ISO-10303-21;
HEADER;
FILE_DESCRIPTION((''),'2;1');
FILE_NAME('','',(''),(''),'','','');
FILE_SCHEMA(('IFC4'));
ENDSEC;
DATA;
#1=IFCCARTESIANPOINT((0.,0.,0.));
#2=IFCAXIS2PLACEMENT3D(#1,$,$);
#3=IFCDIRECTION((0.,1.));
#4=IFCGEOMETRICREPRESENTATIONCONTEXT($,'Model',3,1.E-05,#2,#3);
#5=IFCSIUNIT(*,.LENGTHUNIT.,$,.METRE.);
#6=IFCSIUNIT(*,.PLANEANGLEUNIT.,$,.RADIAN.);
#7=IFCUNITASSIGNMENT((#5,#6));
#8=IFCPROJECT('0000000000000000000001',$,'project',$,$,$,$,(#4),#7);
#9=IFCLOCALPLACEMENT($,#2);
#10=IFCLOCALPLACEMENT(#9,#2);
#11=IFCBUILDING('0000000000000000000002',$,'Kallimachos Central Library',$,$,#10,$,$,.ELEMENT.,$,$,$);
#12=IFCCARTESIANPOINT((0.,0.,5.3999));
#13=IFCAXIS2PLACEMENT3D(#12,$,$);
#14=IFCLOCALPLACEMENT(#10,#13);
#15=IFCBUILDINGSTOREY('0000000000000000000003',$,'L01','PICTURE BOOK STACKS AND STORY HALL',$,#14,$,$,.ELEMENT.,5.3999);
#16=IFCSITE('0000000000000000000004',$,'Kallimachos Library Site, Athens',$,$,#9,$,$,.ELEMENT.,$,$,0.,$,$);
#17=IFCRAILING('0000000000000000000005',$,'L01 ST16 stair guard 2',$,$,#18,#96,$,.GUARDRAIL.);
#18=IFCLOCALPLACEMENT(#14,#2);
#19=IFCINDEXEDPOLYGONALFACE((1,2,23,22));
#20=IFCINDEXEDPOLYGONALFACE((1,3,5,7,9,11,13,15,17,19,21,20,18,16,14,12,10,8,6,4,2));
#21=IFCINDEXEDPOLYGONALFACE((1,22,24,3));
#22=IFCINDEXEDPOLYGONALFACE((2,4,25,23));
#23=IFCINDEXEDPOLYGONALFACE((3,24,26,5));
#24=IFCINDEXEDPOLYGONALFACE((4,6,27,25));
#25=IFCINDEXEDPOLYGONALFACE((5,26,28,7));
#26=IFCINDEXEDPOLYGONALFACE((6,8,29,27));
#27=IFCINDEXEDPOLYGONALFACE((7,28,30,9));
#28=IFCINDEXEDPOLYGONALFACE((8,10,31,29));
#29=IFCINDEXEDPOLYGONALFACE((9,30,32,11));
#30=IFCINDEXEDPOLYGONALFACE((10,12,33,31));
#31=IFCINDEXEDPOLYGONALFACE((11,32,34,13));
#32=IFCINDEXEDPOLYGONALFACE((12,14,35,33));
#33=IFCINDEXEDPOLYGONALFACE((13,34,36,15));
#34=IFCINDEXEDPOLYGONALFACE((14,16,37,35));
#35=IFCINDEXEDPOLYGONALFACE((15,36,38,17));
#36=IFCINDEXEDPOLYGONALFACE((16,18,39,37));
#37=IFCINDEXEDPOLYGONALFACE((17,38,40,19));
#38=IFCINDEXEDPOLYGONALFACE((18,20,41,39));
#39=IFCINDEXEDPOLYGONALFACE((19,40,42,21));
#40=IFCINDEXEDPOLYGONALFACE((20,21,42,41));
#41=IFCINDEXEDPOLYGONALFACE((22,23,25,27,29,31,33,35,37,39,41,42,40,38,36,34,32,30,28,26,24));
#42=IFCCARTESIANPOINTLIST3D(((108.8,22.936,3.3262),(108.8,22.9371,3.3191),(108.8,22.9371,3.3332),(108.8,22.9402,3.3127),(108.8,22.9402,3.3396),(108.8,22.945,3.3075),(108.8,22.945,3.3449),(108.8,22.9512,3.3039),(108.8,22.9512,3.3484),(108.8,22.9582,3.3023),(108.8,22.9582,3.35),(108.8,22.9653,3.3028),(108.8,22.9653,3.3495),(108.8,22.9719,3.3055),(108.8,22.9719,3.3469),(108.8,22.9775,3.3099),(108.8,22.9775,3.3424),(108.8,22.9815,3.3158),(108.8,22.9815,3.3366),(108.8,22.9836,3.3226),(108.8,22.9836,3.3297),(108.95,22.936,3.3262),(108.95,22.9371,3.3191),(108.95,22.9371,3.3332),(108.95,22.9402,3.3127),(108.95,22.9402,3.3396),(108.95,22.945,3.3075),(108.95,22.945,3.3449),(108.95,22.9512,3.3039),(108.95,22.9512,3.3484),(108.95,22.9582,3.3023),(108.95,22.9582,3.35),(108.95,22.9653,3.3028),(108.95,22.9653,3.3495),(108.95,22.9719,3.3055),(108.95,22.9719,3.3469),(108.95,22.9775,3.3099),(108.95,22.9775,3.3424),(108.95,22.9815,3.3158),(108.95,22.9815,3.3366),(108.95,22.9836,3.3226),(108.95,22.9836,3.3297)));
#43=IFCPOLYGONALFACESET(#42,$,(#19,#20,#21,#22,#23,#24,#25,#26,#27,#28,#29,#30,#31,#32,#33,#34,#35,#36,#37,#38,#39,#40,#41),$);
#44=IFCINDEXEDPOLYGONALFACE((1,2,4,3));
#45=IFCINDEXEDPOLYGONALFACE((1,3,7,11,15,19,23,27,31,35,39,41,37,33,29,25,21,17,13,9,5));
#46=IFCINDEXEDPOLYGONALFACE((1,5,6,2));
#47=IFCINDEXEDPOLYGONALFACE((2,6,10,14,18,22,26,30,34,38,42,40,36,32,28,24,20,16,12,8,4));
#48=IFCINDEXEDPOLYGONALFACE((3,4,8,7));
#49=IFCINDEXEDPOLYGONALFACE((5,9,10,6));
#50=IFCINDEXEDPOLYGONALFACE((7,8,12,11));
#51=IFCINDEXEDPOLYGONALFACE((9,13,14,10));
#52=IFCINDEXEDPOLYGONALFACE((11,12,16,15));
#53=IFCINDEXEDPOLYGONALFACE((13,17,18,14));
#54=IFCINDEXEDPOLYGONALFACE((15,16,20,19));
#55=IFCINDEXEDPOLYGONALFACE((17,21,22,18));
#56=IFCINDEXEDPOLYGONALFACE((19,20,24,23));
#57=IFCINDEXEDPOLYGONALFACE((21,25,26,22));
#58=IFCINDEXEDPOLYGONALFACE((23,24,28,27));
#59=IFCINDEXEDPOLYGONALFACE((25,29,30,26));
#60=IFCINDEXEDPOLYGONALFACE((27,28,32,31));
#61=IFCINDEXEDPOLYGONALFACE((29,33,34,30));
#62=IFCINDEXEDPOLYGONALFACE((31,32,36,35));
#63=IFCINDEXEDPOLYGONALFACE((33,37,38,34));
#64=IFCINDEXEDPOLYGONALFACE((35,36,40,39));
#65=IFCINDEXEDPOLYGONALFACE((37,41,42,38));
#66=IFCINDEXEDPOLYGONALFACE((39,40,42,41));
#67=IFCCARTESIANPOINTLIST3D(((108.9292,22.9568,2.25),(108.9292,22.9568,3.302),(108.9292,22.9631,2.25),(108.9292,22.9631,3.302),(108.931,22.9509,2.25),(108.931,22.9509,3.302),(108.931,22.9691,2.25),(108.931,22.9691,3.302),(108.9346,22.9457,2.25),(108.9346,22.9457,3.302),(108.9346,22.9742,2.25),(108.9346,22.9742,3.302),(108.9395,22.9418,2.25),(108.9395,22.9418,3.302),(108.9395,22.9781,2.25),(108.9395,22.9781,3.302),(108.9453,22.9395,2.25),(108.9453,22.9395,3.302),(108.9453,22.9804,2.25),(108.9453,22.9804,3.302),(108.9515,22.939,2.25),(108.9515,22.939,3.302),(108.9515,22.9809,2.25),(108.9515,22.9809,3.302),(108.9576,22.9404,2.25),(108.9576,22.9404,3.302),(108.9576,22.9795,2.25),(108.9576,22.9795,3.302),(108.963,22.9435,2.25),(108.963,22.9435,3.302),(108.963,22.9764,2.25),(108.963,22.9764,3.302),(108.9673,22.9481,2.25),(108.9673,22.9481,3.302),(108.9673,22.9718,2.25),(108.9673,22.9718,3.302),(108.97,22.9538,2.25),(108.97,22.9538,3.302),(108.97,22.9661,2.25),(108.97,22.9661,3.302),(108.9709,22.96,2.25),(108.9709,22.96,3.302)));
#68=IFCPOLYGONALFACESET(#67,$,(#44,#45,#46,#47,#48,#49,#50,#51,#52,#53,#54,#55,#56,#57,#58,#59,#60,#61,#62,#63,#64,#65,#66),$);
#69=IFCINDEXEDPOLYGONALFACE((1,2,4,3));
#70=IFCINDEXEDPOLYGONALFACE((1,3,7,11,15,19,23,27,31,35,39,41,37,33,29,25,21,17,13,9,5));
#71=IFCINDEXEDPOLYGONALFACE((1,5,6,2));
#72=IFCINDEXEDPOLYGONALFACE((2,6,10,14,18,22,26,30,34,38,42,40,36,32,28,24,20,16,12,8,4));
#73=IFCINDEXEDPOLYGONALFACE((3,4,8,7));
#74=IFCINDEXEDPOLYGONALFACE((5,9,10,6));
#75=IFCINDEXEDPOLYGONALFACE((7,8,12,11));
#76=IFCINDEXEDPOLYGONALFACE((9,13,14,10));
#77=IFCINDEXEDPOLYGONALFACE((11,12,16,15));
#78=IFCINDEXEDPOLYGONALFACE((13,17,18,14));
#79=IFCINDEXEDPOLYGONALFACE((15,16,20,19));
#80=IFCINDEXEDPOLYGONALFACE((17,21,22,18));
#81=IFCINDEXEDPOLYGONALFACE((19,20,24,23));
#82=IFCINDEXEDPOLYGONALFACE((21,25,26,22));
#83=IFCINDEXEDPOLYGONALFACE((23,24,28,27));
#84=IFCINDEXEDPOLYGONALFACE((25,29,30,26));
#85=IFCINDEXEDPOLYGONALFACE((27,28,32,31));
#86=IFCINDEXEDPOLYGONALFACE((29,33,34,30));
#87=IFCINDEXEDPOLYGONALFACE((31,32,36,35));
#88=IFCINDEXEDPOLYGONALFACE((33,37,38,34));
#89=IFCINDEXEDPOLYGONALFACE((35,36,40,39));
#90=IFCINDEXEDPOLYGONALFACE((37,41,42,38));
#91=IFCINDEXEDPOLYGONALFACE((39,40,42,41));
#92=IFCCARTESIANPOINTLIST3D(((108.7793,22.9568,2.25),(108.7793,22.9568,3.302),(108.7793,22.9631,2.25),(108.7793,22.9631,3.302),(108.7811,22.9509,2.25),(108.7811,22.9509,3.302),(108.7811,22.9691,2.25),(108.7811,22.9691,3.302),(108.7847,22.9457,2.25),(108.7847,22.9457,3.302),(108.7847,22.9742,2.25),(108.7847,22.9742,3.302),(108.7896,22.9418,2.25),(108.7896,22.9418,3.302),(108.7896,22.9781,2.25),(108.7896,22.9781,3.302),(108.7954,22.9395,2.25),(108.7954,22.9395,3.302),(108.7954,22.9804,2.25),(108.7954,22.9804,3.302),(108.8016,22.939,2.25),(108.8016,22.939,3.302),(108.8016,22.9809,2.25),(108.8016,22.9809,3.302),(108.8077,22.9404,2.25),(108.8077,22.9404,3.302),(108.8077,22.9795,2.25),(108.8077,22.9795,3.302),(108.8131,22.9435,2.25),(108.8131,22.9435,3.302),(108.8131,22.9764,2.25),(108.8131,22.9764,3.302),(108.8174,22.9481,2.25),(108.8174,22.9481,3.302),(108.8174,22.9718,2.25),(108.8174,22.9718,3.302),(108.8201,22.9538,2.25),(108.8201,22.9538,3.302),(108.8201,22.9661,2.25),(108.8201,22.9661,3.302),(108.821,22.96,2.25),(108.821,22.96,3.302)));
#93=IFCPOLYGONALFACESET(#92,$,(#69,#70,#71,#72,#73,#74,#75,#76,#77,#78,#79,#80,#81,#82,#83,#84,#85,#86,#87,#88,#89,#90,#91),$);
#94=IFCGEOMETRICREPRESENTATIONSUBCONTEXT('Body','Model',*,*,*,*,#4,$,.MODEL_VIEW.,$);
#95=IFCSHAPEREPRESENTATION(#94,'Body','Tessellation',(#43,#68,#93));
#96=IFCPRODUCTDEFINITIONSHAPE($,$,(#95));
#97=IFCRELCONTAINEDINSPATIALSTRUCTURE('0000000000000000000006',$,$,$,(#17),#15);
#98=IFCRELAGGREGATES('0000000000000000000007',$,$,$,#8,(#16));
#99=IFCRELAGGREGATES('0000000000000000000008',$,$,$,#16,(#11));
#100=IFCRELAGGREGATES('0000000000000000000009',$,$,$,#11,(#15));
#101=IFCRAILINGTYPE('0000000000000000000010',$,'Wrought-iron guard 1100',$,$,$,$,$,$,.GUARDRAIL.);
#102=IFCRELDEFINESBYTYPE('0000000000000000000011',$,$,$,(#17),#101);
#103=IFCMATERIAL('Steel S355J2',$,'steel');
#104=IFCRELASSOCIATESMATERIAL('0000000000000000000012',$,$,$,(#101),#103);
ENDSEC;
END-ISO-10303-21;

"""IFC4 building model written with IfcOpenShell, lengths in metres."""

from ifc_helpers import new_model, si_unit, direction, frame, origin, origin_2d, place, context, subcontext, project, spatial, circle, extrude, material, type_object, element, save


model = new_model("IFC4")

# Units and contexts
model_context = context("Model", 3, precision=1e-05, world=origin(), true_north=direction((0.0, 1.0)))
body_context = subcontext(model_context, "Body", "Model", "MODEL_VIEW")
ifc_project = project(units=[si_unit("LENGTHUNIT", "METRE"), si_unit("PLANEANGLEUNIT", "RADIAN")], contexts=[model_context])

# Site, building, storey
site_placement = place(None, origin())
site = spatial("IfcSite", under=ifc_project, at=site_placement, Name="Kallimachos Library Site, Athens", CompositionType="ELEMENT", RefElevation=0.0)
building_placement = place(site_placement, origin())
building = spatial("IfcBuilding", under=site, at=building_placement, Name="Kallimachos Central Library", CompositionType="ELEMENT")
storey_placement = place(building_placement, frame((0.0, 0.0, 5.3999)))
storey = spatial("IfcBuildingStorey", under=building, at=storey_placement, Name="L01", Description="PICTURE BOOK STACKS AND STORY HALL", CompositionType="ELEMENT", Elevation=5.3999)

# Railing
ifc_material_1 = material(Name="Steel S355J2", Category="steel")
railing_type_1 = type_object("IfcRailingType", Name="Wrought-iron guard 1100", PredefinedType="GUARDRAIL", material=ifc_material_1)
railing_1_placement = place(storey_placement, frame((108.95, 22.96, 2.25)))
element("IfcRailing", 1, at=railing_1_placement, inside=storey, type_object=railing_type_1, Name="L01 ST16 stair guard 2", PredefinedType="GUARDRAIL", context=body_context, shape_type="SweptSolid", body=[
    extrude(circle(Radius=0.0239, at=origin_2d()), frame((0.0, 0.0, 1.0762), z_axis=(-1.0, 0.0, 0.0), x_axis=(0.0, -1.0, 0.0)), (0.0, 0.0, 1.0), 0.1499),
    extrude(circle(Radius=0.021, at=origin_2d()), origin(), (0.0, 0.0, 1.0), 1.052),
    extrude(circle(Radius=0.021, at=origin_2d()), frame((-0.1499, 0.0, 0.0)), (0.0, 0.0, 1.0), 1.052),
])

save(model, "model.ifc")
